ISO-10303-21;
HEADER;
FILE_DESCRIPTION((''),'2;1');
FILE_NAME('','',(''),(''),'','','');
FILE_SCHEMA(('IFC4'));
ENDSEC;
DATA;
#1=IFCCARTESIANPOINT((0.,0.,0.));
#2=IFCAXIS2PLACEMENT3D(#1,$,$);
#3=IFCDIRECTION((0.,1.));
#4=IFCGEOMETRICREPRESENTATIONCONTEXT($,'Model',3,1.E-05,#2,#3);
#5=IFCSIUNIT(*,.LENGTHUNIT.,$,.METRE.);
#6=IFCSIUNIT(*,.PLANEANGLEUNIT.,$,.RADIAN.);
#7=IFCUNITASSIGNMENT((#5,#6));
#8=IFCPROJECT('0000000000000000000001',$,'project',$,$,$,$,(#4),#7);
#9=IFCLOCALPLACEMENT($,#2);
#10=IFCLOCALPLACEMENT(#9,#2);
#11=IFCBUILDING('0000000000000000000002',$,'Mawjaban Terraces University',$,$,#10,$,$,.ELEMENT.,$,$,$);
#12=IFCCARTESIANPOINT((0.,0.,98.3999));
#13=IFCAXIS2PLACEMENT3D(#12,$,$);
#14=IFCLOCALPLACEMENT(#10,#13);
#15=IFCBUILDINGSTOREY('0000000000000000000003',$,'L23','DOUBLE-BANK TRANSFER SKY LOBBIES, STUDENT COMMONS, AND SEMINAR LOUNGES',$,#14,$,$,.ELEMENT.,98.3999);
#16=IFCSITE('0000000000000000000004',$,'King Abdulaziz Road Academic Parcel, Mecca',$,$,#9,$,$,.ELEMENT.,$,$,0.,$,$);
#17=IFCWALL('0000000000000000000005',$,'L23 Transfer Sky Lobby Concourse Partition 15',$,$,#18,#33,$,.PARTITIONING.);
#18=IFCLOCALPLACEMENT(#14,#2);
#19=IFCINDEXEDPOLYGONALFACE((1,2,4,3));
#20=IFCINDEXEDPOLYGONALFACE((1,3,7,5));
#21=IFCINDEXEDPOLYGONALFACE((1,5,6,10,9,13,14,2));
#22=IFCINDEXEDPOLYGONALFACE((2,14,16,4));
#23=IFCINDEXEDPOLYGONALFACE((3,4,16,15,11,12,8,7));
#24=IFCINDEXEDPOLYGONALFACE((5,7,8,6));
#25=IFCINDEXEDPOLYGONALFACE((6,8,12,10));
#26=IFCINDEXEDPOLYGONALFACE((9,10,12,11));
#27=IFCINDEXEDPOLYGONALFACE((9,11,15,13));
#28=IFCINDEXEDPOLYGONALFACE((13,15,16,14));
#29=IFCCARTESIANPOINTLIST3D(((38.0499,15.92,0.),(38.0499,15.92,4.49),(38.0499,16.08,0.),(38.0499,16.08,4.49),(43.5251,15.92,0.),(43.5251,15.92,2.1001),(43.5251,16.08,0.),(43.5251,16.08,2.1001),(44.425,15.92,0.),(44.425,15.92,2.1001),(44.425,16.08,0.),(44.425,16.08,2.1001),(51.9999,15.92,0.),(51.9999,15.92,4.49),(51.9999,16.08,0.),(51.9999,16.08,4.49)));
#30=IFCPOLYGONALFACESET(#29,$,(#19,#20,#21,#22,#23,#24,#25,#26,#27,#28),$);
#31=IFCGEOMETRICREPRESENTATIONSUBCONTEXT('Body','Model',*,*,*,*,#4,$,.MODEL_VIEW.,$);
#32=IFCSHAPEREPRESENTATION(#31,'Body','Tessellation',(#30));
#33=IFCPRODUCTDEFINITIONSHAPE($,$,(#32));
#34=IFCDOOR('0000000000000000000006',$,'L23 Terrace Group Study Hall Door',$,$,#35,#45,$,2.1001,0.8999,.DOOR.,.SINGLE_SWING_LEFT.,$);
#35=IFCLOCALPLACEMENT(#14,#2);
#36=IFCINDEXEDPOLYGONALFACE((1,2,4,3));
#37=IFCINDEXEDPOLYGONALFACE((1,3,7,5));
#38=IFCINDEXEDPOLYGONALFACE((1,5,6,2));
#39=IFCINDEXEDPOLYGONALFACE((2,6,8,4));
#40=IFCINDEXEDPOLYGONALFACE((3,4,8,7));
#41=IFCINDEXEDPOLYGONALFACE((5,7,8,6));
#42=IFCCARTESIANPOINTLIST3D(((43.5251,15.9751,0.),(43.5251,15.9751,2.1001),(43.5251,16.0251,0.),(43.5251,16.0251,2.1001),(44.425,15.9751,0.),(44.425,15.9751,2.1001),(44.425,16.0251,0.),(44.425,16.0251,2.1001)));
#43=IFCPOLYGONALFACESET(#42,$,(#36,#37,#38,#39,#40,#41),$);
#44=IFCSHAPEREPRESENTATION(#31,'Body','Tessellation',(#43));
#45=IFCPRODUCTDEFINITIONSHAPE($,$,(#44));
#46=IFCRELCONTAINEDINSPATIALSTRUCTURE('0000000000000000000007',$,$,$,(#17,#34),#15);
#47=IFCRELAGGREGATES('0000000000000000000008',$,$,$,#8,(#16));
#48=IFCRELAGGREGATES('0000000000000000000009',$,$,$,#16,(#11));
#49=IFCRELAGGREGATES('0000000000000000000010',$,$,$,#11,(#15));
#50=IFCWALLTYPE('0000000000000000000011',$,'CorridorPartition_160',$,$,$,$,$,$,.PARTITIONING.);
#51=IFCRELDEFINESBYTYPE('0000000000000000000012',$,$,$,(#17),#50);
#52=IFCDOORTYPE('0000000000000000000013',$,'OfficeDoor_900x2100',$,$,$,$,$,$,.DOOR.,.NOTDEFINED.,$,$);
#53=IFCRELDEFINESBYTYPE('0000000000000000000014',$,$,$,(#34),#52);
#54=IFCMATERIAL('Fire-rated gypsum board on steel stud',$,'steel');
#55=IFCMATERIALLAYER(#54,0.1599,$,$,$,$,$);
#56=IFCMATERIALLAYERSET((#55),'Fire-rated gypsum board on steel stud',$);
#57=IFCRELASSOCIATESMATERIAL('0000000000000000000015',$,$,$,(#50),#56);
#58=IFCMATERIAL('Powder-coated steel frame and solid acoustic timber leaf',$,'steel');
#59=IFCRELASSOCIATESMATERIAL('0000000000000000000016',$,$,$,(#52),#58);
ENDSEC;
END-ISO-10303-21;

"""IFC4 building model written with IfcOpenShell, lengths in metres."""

from ifc_helpers import new_model, si_unit, direction, frame, frame_2d, origin, place, context, subcontext, project, spatial, rectangle, extrude, material, layer, layer_set, type_object, element, fill, save


model = new_model("IFC4")

# Units and contexts
model_context = context("Model", 3, precision=1e-05, world=origin(), true_north=direction((0.0, 1.0)))
body_context = subcontext(model_context, "Body", "Model", "MODEL_VIEW")
ifc_project = project(units=[si_unit("LENGTHUNIT", "METRE"), si_unit("PLANEANGLEUNIT", "RADIAN")], contexts=[model_context])

# Site, building, storey
site_placement = place(None, origin())
site = spatial("IfcSite", under=ifc_project, at=site_placement, Name="King Abdulaziz Road Academic Parcel, Mecca", CompositionType="ELEMENT", RefElevation=0.0)
building_placement = place(site_placement, origin())
building = spatial("IfcBuilding", under=site, at=building_placement, Name="Mawjaban Terraces University", CompositionType="ELEMENT")
storey_placement = place(building_placement, frame((0.0, 0.0, 98.3999)))
storey = spatial("IfcBuildingStorey", under=building, at=storey_placement, Name="L23", Description="DOUBLE-BANK TRANSFER SKY LOBBIES, STUDENT COMMONS, AND SEMINAR LOUNGES", CompositionType="ELEMENT", Elevation=98.3999)

# Wall, opening, door
ifc_material_1 = material(Name="Fire-rated gypsum board on steel stud", Category="steel")
ifc_layer_1 = layer(ifc_material_1, 0.1599)
ifc_layer_set_1 = layer_set([ifc_layer_1], Name="Fire-rated gypsum board on steel stud")
wall_type = type_object("IfcWallType", Name="CorridorPartition_160", PredefinedType="PARTITIONING", material=ifc_layer_set_1)
wall_placement = place(storey_placement, frame((52.0, 16.0, 0.0), z_axis=(0.0, 0.0, 1.0), x_axis=(-1.0, 0.0, 0.0)))
wall = element("IfcWall", 1, at=wall_placement, inside=storey, type_object=wall_type, Name="L23 Transfer Sky Lobby Concourse Partition 15", PredefinedType="PARTITIONING", context=body_context, shape_type="SweptSolid", body=[
    extrude(rectangle(XDim=13.95, YDim=0.1599, at=frame_2d((6.9751, 0.0))), origin(), (0.0, 0.0, 1.0), 4.49),
])
opening_placement = place(wall_placement, frame((7.575, 0.0, 0.0)))
opening = element("IfcOpeningElement", 2, at=opening_placement, cuts=wall, PredefinedType="OPENING", context=body_context, shape_type="SweptSolid", body=[
    extrude(rectangle(XDim=0.8999, YDim=2.1001, at=frame_2d((0.45, 1.05))), frame((0.0, 0.0898, 0.0), z_axis=(0.0, -1.0, 0.0), x_axis=(1.0, 0.0, 0.0)), (0.0, 0.0, 1.0), 0.1799),
])
ifc_material_2 = material(Name="Powder-coated steel frame and solid acoustic timber leaf", Category="steel")
door_type = type_object("IfcDoorType", Name="OfficeDoor_900x2100", OperationType="NOTDEFINED", PredefinedType="DOOR", material=ifc_material_2)
door_placement = place(opening_placement, origin())
door = element("IfcDoor", 3, at=door_placement, inside=storey, type_object=door_type, Name="L23 Terrace Group Study Hall Door", OperationType="SINGLE_SWING_LEFT", OverallHeight=2.1001, OverallWidth=0.8999, PredefinedType="DOOR", context=body_context, shape_type="SweptSolid", body=[
    extrude(rectangle(XDim=0.8999, YDim=2.1001, at=frame_2d((0.45, 1.05))), frame((0.0, 0.0249, 0.0), z_axis=(0.0, -1.0, 0.0), x_axis=(1.0, 0.0, 0.0)), (0.0, 0.0, 1.0), 0.05),
])
fill(opening, door)

save(model, "model.ifc")
